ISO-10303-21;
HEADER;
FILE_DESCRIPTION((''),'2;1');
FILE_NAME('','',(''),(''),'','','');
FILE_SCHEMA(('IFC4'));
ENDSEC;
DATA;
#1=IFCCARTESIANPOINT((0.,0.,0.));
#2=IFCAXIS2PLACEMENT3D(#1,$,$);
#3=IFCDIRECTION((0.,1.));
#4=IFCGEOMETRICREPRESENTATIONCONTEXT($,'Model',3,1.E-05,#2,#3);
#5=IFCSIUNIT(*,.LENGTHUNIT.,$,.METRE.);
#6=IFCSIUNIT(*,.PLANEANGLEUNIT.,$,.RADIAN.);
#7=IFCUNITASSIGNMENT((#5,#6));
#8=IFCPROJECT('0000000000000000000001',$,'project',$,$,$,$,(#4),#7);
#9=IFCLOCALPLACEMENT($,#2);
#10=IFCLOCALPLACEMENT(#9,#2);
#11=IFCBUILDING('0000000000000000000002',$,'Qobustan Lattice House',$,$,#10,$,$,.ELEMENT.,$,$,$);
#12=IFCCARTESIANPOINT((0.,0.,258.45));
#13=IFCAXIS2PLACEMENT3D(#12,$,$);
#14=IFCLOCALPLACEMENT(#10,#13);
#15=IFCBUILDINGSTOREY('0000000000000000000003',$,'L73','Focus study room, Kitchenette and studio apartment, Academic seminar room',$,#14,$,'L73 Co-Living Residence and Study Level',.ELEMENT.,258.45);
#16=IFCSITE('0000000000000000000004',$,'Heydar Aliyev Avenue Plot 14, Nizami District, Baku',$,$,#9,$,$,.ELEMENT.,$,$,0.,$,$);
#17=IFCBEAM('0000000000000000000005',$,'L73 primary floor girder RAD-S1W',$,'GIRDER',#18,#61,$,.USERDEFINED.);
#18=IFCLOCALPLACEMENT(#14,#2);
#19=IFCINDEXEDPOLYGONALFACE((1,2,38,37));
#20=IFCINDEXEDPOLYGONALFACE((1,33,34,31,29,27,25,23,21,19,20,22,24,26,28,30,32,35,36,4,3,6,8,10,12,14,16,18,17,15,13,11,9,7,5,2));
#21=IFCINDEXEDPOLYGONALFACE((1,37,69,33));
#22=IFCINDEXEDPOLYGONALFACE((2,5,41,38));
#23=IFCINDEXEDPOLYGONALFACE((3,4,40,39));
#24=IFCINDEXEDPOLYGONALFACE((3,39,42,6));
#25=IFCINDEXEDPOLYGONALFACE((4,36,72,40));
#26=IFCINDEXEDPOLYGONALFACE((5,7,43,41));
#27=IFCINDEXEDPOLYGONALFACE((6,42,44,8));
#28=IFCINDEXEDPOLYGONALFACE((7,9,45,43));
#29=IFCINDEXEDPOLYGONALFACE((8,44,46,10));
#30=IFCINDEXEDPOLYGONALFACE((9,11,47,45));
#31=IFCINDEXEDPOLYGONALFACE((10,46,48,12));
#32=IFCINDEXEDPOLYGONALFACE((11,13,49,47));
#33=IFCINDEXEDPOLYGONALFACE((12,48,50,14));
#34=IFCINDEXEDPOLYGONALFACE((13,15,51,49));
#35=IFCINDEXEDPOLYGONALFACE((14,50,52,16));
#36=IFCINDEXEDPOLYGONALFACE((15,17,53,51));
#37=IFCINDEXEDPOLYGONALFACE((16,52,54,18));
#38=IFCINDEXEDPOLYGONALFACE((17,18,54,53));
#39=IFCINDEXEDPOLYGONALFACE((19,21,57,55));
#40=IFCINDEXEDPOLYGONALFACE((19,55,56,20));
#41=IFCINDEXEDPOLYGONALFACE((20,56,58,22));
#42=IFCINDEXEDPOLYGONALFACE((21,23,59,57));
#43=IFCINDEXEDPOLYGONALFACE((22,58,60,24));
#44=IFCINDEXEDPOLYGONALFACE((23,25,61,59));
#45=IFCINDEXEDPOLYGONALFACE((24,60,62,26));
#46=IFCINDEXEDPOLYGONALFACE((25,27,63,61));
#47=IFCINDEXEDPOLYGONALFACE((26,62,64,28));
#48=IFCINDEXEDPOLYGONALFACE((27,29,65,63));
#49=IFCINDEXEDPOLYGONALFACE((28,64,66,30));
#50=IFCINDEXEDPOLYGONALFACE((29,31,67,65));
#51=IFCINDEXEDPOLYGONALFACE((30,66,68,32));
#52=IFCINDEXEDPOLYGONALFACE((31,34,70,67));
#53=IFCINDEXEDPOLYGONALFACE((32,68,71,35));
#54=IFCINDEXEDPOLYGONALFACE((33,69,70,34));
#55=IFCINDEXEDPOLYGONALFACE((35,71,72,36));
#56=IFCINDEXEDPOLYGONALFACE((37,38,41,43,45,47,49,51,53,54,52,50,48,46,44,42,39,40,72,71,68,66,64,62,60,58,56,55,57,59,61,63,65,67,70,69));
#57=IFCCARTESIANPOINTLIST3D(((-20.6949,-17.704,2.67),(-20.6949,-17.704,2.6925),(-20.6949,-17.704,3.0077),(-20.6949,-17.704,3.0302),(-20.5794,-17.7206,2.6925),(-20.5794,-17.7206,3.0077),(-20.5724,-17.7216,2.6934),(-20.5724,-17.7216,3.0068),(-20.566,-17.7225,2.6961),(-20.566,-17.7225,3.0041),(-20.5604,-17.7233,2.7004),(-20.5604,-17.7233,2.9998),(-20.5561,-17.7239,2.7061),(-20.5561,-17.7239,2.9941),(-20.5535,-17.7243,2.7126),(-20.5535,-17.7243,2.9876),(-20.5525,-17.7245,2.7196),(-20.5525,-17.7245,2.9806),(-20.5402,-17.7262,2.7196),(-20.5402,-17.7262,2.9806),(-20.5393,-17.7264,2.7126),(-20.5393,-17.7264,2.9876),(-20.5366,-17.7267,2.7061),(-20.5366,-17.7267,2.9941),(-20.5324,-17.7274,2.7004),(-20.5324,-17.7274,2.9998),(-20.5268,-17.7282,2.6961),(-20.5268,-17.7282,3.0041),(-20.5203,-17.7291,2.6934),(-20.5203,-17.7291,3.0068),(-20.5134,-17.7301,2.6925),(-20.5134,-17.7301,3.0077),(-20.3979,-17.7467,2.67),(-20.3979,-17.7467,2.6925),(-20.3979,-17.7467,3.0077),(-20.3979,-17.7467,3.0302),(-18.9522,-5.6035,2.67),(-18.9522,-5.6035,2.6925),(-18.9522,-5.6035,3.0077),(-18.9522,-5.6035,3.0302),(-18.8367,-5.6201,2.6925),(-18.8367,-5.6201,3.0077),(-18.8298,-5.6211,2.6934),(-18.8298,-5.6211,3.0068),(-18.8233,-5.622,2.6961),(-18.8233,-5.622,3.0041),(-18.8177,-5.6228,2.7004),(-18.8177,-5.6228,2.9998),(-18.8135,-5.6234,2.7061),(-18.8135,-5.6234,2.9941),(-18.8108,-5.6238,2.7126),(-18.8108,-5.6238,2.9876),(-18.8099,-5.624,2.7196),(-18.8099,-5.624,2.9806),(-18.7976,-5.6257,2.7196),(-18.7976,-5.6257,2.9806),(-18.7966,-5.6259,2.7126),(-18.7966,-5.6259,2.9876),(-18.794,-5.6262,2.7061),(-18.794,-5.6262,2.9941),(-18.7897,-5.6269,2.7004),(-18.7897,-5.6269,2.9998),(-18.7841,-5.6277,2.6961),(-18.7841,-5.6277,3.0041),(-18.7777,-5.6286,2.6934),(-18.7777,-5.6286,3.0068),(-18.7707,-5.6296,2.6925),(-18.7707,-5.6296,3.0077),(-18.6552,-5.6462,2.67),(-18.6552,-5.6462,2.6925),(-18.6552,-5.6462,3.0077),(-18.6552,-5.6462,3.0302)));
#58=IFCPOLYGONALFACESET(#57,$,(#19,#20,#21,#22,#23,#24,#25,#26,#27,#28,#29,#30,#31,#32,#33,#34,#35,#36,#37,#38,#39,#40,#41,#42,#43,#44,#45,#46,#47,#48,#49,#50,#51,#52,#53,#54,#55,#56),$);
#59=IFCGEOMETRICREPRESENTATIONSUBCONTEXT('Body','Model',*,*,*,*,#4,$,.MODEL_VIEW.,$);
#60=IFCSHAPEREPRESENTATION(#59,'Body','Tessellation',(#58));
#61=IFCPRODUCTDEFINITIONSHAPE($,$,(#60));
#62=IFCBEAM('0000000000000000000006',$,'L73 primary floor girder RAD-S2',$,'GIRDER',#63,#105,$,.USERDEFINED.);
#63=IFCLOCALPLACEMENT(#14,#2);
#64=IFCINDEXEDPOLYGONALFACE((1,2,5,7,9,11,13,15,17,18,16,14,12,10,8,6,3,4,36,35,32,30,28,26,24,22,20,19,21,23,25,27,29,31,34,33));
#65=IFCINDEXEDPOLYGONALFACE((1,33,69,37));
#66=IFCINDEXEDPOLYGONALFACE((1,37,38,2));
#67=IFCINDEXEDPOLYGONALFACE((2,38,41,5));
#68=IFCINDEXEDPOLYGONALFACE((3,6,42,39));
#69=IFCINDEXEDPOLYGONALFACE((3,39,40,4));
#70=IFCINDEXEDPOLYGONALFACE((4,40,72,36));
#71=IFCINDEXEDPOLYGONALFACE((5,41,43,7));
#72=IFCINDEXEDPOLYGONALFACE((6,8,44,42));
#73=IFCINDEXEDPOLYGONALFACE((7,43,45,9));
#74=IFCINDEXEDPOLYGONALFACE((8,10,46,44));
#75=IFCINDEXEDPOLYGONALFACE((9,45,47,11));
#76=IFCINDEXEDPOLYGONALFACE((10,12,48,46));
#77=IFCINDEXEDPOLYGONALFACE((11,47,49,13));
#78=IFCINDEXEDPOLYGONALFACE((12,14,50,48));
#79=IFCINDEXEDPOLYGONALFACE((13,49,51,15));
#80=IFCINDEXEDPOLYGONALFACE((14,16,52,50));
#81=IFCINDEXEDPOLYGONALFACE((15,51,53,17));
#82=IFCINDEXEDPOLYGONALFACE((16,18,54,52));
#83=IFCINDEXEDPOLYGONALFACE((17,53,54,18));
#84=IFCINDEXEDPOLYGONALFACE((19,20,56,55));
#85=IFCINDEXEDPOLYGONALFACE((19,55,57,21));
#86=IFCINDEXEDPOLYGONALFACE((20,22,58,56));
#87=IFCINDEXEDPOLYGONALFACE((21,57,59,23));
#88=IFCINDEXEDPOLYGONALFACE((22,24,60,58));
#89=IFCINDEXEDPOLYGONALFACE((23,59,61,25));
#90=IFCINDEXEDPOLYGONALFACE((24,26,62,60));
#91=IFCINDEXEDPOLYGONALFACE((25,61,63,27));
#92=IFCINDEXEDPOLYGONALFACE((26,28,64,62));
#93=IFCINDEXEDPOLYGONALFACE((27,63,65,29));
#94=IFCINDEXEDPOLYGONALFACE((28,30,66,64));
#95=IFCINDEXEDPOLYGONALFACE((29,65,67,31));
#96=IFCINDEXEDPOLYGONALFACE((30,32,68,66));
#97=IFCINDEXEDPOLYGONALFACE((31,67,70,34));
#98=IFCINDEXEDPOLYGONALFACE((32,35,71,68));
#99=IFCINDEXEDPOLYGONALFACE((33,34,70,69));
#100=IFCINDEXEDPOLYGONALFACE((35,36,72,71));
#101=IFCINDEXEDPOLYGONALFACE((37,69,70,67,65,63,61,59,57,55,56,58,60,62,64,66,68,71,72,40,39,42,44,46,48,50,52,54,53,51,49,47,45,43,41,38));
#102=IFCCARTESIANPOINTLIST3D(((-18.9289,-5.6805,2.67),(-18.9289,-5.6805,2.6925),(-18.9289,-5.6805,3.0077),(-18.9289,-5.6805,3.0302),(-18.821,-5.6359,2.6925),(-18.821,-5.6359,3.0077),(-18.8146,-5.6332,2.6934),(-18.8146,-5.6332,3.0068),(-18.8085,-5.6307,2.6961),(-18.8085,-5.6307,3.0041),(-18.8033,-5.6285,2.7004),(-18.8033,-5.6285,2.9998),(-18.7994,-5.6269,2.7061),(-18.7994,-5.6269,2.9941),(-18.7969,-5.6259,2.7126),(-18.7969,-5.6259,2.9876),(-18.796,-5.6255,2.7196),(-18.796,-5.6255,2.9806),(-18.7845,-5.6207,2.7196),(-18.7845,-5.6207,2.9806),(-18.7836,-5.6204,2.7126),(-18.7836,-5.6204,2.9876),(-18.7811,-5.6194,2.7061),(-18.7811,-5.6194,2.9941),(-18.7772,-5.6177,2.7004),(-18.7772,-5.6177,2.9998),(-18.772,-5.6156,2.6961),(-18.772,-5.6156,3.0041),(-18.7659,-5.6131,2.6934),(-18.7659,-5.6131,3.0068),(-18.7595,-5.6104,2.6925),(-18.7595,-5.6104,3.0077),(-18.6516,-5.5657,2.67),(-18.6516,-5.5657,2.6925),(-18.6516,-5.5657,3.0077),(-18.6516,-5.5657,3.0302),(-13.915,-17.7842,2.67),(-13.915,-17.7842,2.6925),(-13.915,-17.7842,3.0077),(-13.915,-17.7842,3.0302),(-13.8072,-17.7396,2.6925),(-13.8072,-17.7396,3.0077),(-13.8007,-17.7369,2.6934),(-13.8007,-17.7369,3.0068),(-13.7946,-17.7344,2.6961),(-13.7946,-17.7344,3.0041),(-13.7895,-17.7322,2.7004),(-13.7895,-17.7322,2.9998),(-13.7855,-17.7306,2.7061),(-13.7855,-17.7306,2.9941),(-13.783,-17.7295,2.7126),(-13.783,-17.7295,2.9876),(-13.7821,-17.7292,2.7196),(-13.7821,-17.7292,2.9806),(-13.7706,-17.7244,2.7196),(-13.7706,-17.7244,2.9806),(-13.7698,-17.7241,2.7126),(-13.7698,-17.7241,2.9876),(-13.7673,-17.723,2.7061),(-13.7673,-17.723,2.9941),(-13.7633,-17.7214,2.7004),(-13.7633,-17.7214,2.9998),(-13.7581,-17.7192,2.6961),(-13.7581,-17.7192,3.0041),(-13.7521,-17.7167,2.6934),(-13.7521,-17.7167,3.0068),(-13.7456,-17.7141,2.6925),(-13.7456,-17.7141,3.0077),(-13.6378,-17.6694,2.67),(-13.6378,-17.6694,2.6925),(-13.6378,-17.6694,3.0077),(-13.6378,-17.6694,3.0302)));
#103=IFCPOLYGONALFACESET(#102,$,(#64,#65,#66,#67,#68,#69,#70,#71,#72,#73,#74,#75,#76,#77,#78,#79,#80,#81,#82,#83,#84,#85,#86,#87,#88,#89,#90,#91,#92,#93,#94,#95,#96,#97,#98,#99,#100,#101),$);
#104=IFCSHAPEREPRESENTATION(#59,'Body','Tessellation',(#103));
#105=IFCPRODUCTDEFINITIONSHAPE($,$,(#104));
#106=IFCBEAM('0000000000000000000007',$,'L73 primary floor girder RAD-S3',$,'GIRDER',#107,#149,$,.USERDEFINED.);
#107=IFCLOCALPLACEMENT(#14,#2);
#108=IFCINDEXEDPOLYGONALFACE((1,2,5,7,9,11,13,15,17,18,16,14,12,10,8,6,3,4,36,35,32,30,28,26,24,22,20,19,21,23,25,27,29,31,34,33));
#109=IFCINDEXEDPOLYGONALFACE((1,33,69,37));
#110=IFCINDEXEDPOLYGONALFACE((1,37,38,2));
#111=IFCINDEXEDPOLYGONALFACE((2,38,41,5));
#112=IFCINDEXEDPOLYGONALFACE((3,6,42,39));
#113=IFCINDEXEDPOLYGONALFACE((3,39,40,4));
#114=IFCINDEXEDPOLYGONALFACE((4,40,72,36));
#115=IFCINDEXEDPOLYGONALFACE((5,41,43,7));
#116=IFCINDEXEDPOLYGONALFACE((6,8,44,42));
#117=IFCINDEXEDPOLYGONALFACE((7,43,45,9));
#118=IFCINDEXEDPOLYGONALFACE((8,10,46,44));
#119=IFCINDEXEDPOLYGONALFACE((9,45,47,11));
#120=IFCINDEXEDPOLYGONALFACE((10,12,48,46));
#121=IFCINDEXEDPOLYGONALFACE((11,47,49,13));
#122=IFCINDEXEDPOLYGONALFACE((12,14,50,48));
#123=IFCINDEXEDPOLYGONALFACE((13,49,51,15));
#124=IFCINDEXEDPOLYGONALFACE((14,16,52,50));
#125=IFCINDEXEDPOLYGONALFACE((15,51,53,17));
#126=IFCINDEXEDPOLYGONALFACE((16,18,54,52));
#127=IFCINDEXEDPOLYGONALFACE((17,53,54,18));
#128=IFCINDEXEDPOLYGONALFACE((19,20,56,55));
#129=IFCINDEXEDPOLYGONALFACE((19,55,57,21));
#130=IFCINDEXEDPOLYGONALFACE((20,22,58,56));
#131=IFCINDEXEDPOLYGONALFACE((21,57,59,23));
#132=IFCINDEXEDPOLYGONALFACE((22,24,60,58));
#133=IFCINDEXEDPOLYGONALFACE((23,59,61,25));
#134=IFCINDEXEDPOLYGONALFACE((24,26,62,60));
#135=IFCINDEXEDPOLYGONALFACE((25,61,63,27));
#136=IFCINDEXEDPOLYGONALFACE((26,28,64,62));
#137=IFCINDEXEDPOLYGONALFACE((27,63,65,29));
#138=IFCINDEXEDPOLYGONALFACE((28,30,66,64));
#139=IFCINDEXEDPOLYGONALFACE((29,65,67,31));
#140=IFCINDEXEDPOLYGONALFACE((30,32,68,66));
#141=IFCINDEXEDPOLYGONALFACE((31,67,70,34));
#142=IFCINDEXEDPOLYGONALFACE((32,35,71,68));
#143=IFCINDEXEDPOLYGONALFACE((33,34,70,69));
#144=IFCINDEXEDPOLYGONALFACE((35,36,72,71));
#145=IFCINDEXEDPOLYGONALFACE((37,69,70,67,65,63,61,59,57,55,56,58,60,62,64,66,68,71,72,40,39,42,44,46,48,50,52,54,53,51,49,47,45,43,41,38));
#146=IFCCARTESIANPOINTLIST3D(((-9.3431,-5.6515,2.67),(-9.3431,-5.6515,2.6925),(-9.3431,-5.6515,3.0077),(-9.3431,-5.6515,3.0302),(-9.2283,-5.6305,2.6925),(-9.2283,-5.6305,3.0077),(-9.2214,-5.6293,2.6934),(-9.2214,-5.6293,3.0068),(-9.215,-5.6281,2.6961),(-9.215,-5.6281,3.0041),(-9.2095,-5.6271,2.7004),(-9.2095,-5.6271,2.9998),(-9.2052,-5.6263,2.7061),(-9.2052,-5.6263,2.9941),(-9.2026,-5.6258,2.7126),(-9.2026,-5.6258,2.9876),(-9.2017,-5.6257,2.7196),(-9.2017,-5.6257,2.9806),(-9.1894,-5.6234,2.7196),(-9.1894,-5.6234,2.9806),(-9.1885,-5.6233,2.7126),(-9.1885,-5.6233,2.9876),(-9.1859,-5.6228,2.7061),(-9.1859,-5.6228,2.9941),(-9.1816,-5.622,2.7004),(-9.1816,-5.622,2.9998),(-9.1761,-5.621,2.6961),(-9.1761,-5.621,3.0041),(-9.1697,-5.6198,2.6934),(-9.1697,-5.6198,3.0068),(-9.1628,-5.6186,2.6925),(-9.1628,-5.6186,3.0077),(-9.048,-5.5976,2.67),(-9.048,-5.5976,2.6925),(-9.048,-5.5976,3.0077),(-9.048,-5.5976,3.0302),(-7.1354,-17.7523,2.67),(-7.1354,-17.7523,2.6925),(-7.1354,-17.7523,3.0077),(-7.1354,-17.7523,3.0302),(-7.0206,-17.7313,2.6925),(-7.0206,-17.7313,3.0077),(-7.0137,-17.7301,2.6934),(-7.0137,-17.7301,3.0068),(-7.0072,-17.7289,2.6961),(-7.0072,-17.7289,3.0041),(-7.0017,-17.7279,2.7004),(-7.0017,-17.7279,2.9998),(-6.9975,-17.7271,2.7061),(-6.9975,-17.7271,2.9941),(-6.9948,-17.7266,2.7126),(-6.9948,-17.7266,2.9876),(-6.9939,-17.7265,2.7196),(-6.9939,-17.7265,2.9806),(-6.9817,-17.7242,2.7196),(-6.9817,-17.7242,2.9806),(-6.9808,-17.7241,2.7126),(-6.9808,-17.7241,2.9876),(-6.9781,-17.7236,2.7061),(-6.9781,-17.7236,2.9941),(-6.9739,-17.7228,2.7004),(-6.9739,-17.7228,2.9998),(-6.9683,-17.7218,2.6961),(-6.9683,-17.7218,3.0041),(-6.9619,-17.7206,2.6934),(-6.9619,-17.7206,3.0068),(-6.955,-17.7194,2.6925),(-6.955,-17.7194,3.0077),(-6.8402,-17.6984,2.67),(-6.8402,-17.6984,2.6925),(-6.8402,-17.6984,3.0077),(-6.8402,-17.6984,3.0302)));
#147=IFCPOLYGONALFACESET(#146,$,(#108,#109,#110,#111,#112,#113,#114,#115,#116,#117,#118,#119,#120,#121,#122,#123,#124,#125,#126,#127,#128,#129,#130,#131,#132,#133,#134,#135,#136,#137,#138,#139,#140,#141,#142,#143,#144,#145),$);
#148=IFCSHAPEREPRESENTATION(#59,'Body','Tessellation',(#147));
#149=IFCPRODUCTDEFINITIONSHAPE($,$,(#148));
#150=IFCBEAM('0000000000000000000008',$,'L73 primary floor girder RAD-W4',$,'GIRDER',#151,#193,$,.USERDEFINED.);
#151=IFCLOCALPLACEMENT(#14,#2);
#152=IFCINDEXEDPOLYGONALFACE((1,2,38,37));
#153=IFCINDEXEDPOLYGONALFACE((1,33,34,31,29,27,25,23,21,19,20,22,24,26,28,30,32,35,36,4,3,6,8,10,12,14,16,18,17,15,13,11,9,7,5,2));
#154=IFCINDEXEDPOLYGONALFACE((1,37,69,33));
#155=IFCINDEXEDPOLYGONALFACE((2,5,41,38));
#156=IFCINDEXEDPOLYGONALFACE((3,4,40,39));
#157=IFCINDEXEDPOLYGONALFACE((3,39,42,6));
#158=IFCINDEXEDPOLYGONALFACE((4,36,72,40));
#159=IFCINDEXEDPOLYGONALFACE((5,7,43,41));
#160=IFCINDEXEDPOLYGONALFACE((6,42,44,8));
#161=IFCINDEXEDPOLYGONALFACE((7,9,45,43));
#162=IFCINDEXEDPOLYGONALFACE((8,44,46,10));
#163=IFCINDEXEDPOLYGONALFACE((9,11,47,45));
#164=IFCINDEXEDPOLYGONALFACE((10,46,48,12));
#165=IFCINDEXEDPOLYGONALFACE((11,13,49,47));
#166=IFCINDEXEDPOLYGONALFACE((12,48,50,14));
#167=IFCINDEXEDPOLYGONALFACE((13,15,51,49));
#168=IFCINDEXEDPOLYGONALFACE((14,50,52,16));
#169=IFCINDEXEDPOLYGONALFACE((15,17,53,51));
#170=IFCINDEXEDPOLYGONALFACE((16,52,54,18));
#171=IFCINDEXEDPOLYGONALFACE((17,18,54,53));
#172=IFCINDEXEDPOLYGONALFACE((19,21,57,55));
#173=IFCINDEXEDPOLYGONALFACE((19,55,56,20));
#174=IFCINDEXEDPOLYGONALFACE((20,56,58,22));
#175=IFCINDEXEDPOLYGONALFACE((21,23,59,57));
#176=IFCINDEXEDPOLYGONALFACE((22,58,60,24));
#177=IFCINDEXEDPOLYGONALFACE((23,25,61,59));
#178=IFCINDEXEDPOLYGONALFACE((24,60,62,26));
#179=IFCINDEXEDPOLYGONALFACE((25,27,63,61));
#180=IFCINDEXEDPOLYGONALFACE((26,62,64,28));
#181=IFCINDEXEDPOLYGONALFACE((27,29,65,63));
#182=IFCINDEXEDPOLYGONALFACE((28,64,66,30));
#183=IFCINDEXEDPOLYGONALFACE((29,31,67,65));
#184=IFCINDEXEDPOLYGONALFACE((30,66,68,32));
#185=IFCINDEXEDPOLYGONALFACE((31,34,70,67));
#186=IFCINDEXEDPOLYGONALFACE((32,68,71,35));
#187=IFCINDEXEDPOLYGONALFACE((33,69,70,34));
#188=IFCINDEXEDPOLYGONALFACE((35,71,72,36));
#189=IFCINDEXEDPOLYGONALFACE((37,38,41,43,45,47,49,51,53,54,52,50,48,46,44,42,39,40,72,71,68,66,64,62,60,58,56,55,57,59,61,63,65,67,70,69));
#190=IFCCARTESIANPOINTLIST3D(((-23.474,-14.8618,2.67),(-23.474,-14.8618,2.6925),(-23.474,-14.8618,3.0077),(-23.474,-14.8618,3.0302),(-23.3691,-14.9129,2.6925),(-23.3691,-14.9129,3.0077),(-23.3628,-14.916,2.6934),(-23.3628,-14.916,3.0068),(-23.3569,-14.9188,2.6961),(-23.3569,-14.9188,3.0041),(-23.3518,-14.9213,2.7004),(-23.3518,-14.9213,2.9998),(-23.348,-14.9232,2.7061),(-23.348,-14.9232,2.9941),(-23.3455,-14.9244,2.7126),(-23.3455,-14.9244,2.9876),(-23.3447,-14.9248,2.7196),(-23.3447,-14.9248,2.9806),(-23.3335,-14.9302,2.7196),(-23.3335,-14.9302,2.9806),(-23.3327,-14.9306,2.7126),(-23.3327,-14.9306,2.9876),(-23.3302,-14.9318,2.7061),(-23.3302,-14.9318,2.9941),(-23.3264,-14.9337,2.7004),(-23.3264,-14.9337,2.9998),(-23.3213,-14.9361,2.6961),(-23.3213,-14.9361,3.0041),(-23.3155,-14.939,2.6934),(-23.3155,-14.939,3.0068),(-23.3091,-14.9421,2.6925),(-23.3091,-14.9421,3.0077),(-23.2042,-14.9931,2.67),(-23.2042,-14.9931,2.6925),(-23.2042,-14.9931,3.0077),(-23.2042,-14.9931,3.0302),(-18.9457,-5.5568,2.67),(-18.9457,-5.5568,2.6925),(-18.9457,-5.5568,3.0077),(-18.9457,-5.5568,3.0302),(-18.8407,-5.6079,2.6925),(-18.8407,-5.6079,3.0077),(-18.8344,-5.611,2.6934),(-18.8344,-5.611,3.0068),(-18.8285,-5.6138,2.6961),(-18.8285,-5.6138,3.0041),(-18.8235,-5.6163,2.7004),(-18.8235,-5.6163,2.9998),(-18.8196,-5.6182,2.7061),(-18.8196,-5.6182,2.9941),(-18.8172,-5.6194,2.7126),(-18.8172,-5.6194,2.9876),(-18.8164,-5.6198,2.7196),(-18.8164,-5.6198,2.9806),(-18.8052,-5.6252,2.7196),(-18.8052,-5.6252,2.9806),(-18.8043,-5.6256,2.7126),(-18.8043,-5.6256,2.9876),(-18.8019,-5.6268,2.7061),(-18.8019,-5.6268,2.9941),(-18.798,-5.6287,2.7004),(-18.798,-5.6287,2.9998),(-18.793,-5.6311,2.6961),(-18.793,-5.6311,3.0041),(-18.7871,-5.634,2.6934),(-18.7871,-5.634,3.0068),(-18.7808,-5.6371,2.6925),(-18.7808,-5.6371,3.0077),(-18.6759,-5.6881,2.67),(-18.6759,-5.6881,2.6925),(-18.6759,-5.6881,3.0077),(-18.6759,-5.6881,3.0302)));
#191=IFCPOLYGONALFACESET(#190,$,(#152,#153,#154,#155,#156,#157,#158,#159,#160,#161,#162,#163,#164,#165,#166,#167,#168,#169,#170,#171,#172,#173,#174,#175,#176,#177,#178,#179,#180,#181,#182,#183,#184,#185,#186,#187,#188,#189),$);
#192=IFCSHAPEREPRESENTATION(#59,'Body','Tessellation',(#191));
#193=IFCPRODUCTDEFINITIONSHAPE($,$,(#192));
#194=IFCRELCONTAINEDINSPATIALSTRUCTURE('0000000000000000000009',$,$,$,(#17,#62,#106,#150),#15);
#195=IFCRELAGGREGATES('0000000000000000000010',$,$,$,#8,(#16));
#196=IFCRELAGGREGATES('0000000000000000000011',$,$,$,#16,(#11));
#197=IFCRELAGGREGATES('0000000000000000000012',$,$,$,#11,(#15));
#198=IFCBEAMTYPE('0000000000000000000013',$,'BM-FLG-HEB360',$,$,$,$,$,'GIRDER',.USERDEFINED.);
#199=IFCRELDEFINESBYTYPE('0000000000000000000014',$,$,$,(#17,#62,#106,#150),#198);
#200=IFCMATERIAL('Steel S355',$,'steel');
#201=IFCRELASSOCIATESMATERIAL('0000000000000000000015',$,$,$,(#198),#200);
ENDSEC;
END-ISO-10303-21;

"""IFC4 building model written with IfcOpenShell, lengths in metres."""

from ifc_helpers import new_model, si_unit, direction, frame, origin, origin_2d, place, context, subcontext, project, spatial, i_section, extrude, material, material_profile, profile_set, type_object, element, save


model = new_model("IFC4")

# Units and contexts
model_context = context("Model", 3, precision=1e-05, world=origin(), true_north=direction((0.0, 1.0)))
body_context = subcontext(model_context, "Body", "Model", "MODEL_VIEW")
ifc_project = project(units=[si_unit("LENGTHUNIT", "METRE"), si_unit("PLANEANGLEUNIT", "RADIAN")], contexts=[model_context])

# Site, building, storey
site_placement = place(None, origin())
site = spatial("IfcSite", under=ifc_project, at=site_placement, Name="Heydar Aliyev Avenue Plot 14, Nizami District, Baku", CompositionType="ELEMENT", RefElevation=0.0)
building_placement = place(site_placement, origin())
building = spatial("IfcBuilding", under=site, at=building_placement, Name="Qobustan Lattice House", CompositionType="ELEMENT")
storey_placement = place(building_placement, frame((0.0, 0.0, 258.45)))
storey = spatial("IfcBuildingStorey", under=building, at=storey_placement, Name="L73", Description="Focus study room, Kitchenette and studio apartment, Academic seminar room", LongName="L73 Co-Living Residence and Study Level", CompositionType="ELEMENT", Elevation=258.45)

# Beams
ifc_material_1 = material(Name="Steel S355", Category="steel")
ifc_material_profile_1 = material_profile(ifc_material_1, i_section(OverallWidth=0.3, OverallDepth=0.3601, WebThickness=0.0125, FlangeThickness=0.0225, FilletRadius=0.0271, at=origin_2d()), Name="HEB360")
ifc_profile_set_1 = profile_set([ifc_material_profile_1], Name="Steel S355")
beam_type_1 = type_object("IfcBeamType", Name="BM-FLG-HEB360", ElementType="GIRDER", PredefinedType="USERDEFINED", material=ifc_profile_set_1)
beam_1_placement = place(storey_placement, frame((-20.5464, -17.7253, 2.8501), z_axis=(0.142545, 0.989788, 0.0), x_axis=(-0.989788, 0.142545, 0.0)))
element("IfcBeam", 1, at=beam_1_placement, inside=storey, type_object=beam_type_1, Name="L73 primary floor girder RAD-S1W", ObjectType="GIRDER", PredefinedType="USERDEFINED", context=body_context, shape_type="SweptSolid", body=[
    extrude(i_section(OverallWidth=0.3, OverallDepth=0.3601, WebThickness=0.0125, FlangeThickness=0.0225, FilletRadius=0.0271, at=origin_2d()), origin(), (0.0, 0.0, 1.0), 12.2253),
])
beam_2_placement = place(storey_placement, frame((-13.7764, -17.7268, 2.8501), z_axis=(-0.382708, 0.923869, 0.0), x_axis=(-0.923869, -0.382708, 0.0)))
element("IfcBeam", 2, at=beam_2_placement, inside=storey, type_object=beam_type_1, Name="L73 primary floor girder RAD-S2", ObjectType="GIRDER", PredefinedType="USERDEFINED", context=body_context, shape_type="SweptSolid", body=[
    extrude(i_section(OverallWidth=0.3, OverallDepth=0.3601, WebThickness=0.0125, FlangeThickness=0.0225, FilletRadius=0.0271, at=origin_2d()), origin(), (0.0, 0.0, 1.0), 13.1011),
])
beam_3_placement = place(storey_placement, frame((-6.9878, -17.7253, 2.8501), z_axis=(-0.179484, 0.983761, 0.0), x_axis=(-0.983761, -0.179484, 0.0)))
element("IfcBeam", 3, at=beam_3_placement, inside=storey, type_object=beam_type_1, Name="L73 primary floor girder RAD-S3", ObjectType="GIRDER", PredefinedType="USERDEFINED", context=body_context, shape_type="SweptSolid", body=[
    extrude(i_section(OverallWidth=0.3, OverallDepth=0.3601, WebThickness=0.0125, FlangeThickness=0.0225, FilletRadius=0.0271, at=origin_2d()), origin(), (0.0, 0.0, 1.0), 12.3005),
])
beam_4_placement = place(storey_placement, frame((-23.3391, -14.9275, 2.8501), z_axis=(0.43759, 0.899174, 0.0), x_axis=(-0.899174, 0.43759, 0.0)))
element("IfcBeam", 4, at=beam_4_placement, inside=storey, type_object=beam_type_1, Name="L73 primary floor girder RAD-W4", ObjectType="GIRDER", PredefinedType="USERDEFINED", context=body_context, shape_type="SweptSolid", body=[
    extrude(i_section(OverallWidth=0.3, OverallDepth=0.3601, WebThickness=0.0125, FlangeThickness=0.0225, FilletRadius=0.0271, at=origin_2d()), origin(), (0.0, 0.0, 1.0), 10.3484),
])

save(model, "model.ifc")
